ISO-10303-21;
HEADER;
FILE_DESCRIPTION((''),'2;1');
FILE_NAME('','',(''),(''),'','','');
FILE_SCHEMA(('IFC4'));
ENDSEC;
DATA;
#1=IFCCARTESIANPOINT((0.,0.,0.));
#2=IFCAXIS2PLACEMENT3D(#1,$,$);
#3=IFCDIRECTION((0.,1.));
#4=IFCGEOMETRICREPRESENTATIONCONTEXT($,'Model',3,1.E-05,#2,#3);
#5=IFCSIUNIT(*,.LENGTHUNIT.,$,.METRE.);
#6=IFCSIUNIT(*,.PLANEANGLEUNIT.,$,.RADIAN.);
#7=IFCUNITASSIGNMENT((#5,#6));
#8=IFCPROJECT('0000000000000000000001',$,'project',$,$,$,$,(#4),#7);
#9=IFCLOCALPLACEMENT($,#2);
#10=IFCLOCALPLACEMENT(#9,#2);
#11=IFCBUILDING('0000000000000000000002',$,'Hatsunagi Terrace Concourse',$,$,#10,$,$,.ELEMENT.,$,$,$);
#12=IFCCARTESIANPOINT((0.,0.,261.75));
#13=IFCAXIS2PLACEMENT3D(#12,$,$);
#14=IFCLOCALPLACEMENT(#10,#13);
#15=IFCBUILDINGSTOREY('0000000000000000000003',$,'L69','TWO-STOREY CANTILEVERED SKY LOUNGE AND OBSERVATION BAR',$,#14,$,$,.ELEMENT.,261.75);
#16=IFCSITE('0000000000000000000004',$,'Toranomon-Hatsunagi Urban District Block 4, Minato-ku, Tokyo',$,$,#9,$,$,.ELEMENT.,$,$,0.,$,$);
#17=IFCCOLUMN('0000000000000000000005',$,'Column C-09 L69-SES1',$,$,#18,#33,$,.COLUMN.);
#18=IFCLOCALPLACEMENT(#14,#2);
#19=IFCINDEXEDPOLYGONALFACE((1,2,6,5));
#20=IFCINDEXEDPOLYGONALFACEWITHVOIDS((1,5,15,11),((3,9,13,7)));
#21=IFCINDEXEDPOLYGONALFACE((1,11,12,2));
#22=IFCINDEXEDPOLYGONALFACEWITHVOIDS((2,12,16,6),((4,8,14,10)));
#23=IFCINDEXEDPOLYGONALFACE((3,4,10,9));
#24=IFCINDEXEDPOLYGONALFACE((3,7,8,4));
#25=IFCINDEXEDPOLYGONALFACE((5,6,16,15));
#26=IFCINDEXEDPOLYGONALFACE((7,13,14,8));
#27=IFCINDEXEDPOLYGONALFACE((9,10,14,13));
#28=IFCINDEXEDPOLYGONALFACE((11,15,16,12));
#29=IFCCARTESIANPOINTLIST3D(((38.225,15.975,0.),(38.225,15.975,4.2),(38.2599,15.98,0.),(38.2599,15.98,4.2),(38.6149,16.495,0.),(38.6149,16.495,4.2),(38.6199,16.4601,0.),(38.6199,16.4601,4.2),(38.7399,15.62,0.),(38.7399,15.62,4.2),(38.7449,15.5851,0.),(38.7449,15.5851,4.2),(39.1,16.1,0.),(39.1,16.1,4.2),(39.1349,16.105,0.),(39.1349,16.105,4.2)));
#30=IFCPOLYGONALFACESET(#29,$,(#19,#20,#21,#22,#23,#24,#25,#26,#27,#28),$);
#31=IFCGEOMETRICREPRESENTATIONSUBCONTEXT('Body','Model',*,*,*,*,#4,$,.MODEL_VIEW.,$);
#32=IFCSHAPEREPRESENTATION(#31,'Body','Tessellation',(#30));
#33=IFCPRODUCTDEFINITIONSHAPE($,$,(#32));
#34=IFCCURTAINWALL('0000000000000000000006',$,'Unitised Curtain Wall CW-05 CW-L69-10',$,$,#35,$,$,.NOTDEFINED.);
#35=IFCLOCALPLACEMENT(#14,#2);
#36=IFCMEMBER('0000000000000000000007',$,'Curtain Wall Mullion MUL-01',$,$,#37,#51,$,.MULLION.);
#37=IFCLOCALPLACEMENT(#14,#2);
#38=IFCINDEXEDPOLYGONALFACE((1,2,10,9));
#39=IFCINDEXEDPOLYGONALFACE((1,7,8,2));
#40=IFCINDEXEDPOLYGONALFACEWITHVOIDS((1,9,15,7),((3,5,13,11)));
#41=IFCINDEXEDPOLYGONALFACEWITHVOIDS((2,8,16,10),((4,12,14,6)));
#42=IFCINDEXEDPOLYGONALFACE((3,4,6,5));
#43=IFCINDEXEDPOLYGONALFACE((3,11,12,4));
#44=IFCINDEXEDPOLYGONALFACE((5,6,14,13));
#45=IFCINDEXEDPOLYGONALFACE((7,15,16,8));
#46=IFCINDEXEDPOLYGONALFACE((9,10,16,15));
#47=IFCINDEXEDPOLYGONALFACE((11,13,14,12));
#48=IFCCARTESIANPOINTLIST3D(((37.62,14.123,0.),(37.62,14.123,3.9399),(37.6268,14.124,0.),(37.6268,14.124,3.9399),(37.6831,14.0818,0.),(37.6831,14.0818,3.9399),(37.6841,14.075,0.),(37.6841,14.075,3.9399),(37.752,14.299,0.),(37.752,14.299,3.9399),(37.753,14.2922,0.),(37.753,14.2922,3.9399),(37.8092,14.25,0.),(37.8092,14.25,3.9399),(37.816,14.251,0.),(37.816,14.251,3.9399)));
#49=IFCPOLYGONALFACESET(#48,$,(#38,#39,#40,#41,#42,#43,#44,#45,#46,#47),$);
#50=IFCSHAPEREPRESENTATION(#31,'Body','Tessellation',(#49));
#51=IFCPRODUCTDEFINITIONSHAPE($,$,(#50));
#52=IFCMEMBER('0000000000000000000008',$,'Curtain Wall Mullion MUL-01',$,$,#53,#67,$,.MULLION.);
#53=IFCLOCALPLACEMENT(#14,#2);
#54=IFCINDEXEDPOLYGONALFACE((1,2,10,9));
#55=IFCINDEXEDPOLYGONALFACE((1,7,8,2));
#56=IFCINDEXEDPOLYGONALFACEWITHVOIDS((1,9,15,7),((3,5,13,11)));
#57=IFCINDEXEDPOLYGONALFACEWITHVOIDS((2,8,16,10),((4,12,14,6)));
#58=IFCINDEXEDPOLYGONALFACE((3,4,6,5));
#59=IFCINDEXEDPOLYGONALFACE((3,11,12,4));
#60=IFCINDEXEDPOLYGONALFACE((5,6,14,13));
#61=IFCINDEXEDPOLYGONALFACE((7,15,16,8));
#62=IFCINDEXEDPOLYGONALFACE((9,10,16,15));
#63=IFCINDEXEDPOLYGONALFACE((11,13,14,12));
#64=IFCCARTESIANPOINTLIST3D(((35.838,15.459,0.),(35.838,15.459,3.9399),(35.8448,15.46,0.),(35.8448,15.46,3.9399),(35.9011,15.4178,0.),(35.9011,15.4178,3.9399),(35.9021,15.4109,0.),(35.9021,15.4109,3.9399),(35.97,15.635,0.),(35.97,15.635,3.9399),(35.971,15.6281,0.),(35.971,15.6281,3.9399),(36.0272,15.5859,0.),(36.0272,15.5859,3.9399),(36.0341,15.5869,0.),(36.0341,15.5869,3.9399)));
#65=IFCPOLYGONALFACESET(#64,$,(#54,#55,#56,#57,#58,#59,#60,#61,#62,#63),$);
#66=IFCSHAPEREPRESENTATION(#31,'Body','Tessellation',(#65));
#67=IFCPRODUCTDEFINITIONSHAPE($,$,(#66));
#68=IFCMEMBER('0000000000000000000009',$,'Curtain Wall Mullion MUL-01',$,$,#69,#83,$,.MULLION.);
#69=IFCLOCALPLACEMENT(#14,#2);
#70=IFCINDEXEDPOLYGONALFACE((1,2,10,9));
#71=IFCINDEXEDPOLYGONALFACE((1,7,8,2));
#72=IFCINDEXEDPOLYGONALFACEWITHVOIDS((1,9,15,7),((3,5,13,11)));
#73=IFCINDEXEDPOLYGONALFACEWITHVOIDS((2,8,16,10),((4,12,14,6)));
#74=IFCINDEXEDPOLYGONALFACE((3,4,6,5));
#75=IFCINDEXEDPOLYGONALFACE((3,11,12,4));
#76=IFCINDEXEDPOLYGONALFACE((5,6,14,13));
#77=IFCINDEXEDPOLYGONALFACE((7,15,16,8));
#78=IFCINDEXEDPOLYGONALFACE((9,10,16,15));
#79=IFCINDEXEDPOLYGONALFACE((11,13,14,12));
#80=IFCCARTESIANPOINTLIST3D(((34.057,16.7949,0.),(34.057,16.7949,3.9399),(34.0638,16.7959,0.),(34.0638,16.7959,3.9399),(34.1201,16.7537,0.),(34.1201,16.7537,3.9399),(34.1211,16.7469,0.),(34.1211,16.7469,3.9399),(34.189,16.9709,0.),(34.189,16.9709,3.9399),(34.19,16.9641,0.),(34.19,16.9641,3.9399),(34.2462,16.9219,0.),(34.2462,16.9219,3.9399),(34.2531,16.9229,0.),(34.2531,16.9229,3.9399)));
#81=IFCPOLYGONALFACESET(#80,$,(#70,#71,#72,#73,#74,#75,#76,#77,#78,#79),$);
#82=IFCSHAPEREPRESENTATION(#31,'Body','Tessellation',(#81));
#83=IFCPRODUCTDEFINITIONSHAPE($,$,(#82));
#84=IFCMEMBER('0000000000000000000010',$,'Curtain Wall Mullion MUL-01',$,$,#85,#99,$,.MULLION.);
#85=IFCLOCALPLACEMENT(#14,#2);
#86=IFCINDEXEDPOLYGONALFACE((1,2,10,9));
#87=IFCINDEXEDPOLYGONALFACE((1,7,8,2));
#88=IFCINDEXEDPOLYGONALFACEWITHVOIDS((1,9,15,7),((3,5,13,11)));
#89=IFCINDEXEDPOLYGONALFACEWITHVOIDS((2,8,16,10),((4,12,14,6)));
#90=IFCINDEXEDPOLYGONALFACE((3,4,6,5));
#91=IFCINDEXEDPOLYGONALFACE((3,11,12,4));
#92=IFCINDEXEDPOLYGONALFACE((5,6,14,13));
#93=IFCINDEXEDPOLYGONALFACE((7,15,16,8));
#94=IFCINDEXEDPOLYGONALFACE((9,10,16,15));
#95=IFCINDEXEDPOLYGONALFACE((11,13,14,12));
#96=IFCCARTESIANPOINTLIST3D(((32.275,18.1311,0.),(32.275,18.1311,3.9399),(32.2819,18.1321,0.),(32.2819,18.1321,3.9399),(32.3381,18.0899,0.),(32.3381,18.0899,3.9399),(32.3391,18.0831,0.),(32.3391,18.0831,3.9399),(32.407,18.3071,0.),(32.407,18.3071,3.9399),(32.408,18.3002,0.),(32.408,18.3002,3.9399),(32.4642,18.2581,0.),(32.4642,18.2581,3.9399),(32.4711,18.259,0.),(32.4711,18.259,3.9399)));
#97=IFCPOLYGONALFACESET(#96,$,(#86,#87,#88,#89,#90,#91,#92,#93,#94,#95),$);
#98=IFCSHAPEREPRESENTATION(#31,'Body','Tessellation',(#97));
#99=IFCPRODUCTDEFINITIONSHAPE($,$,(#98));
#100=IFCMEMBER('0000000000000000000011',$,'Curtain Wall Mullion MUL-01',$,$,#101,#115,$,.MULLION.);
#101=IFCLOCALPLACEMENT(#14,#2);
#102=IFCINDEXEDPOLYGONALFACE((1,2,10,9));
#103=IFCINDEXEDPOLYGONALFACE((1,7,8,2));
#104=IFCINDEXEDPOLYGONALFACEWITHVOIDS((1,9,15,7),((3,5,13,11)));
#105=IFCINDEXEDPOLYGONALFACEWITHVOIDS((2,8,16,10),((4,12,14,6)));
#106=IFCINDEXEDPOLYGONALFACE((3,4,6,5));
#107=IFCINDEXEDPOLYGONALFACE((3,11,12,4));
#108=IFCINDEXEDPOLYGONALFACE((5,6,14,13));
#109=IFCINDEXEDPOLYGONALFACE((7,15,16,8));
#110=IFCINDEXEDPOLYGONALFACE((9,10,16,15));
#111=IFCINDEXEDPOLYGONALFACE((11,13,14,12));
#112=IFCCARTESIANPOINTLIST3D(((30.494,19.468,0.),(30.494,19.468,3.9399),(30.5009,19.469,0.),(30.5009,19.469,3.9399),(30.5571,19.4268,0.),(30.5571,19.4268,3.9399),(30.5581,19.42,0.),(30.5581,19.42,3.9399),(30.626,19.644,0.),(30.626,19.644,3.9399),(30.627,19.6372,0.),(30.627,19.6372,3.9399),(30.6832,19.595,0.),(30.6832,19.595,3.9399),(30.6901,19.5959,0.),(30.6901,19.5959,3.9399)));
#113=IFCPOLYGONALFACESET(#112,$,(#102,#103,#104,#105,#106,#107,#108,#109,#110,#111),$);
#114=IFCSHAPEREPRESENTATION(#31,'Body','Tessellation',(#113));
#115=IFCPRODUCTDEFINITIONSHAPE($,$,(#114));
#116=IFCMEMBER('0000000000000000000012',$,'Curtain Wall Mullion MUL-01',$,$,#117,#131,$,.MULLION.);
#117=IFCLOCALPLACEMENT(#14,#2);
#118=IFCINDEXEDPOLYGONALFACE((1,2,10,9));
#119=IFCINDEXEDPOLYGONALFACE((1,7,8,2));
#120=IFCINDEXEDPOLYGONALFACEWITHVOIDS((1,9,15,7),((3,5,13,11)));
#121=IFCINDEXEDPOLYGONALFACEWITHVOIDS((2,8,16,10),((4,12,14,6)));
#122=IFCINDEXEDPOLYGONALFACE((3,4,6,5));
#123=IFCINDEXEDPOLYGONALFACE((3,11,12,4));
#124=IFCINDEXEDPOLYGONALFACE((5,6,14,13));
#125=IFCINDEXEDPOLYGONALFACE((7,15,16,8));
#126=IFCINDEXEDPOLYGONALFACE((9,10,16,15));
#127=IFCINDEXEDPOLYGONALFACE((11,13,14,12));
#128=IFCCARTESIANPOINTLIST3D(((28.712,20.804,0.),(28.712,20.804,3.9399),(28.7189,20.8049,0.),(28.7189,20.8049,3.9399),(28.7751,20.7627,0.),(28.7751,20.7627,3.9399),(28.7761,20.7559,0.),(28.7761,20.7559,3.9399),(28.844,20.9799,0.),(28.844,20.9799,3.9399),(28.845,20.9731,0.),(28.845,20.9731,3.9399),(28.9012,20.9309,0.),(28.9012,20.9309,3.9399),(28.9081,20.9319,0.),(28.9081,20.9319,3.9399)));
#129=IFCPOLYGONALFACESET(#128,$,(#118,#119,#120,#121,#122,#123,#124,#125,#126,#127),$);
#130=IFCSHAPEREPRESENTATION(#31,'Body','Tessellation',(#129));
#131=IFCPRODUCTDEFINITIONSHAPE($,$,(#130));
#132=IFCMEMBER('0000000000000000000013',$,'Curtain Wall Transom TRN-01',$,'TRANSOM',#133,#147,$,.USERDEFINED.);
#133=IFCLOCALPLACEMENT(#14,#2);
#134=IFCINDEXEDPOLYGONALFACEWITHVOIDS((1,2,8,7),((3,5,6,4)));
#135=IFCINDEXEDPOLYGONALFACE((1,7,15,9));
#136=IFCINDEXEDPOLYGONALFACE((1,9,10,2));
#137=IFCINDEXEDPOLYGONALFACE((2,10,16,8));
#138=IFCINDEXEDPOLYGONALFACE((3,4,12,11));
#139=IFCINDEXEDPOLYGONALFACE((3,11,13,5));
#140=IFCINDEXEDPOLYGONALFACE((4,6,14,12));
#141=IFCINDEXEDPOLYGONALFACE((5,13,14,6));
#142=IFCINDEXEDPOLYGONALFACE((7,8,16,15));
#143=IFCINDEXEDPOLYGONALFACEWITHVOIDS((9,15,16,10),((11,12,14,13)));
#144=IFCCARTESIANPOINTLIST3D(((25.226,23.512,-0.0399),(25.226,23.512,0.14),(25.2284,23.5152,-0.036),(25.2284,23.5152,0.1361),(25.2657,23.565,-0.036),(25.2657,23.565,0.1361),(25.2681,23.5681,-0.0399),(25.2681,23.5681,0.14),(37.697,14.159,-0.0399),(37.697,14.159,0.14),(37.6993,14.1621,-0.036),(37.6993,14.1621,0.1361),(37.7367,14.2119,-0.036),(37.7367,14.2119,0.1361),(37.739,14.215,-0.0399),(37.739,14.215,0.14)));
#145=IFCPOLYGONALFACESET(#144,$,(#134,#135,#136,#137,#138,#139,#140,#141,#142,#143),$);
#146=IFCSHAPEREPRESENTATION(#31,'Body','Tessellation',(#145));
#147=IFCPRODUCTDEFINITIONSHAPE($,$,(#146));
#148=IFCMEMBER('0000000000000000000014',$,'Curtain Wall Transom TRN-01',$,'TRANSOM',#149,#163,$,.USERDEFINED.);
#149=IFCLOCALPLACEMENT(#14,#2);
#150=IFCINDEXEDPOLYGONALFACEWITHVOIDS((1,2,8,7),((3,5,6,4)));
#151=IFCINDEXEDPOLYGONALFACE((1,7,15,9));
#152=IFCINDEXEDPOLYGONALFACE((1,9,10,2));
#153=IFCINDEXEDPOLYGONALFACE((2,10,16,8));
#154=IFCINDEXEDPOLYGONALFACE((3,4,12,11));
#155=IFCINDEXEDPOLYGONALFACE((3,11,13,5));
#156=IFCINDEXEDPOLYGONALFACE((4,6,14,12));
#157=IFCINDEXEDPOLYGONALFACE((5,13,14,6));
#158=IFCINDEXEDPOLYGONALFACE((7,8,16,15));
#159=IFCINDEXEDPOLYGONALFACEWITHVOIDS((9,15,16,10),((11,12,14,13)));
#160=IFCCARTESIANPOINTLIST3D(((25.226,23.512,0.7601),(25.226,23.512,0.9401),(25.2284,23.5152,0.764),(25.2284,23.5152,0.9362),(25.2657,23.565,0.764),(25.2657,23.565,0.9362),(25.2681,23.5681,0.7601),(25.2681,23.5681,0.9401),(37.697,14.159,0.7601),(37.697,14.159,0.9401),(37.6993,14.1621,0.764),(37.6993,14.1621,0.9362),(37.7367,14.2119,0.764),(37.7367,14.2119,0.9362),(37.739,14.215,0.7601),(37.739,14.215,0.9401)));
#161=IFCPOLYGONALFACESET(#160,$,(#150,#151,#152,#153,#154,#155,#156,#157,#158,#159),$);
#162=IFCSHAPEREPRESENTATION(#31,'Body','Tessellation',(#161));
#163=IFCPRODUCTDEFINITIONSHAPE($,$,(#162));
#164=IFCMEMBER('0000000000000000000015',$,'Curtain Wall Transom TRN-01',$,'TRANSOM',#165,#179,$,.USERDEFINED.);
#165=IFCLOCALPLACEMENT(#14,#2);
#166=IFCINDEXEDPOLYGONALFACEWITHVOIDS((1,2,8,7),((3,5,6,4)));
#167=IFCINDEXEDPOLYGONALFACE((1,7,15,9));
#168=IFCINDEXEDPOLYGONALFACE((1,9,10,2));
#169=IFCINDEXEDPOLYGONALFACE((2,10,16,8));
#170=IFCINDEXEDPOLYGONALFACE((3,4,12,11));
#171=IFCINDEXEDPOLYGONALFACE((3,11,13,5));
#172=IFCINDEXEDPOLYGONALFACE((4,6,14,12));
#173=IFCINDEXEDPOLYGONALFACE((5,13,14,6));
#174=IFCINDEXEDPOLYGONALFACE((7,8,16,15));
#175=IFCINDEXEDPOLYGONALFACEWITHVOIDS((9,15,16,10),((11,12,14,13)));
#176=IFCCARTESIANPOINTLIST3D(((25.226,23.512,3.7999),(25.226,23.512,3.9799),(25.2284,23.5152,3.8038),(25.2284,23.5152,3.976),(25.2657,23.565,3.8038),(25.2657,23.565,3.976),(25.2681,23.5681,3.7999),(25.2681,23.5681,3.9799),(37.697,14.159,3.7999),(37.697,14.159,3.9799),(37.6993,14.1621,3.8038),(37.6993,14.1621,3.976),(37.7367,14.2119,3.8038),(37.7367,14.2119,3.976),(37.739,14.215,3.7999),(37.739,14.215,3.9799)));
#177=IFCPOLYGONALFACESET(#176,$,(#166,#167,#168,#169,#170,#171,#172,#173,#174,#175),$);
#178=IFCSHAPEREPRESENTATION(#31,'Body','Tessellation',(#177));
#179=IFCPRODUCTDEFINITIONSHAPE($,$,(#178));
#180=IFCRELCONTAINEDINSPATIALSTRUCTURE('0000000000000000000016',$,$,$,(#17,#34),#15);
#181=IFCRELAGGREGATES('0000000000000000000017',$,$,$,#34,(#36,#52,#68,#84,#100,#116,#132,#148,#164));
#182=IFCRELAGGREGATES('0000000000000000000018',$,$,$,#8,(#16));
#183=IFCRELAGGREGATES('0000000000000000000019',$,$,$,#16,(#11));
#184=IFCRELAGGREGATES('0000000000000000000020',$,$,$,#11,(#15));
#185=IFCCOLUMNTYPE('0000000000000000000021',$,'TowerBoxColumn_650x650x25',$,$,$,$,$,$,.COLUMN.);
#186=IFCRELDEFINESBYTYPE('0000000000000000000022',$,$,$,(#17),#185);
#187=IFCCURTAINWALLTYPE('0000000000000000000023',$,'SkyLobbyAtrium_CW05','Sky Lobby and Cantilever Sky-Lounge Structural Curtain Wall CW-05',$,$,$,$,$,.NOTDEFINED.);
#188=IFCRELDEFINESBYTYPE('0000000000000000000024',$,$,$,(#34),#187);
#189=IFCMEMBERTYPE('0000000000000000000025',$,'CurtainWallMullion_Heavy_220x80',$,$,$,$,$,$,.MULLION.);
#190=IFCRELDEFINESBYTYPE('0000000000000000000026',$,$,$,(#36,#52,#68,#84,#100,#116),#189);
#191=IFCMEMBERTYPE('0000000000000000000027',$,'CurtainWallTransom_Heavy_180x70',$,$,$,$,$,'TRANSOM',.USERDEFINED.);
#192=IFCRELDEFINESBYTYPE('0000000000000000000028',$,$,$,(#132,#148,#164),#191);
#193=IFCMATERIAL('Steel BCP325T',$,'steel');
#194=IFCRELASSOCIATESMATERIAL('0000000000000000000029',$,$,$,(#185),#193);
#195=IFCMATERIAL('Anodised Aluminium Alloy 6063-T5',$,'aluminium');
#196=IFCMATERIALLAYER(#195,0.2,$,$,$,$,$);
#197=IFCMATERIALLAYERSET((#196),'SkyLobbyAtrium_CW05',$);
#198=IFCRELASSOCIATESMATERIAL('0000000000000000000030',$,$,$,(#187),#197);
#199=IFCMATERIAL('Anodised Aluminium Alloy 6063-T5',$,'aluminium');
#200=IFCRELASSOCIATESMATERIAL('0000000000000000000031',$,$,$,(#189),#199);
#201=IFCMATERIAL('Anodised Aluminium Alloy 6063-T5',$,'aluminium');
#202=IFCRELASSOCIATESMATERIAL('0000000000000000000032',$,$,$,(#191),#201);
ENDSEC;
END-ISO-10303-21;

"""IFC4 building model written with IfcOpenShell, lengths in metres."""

from ifc_helpers import new_model, si_unit, direction, frame, origin, origin_2d, place, context, subcontext, project, spatial, hollow_rectangle, extrude, material, layer, layer_set, material_profile, profile_set, type_object, element, aggregate, save


model = new_model("IFC4")

# Units and contexts
model_context = context("Model", 3, precision=1e-05, world=origin(), true_north=direction((0.0, 1.0)))
body_context = subcontext(model_context, "Body", "Model", "MODEL_VIEW")
ifc_project = project(units=[si_unit("LENGTHUNIT", "METRE"), si_unit("PLANEANGLEUNIT", "RADIAN")], contexts=[model_context])

# Site, building, storey
site_placement = place(None, origin())
site = spatial("IfcSite", under=ifc_project, at=site_placement, Name="Toranomon-Hatsunagi Urban District Block 4, Minato-ku, Tokyo", CompositionType="ELEMENT", RefElevation=0.0)
building_placement = place(site_placement, origin())
building = spatial("IfcBuilding", under=site, at=building_placement, Name="Hatsunagi Terrace Concourse", CompositionType="ELEMENT")
storey_placement = place(building_placement, frame((0.0, 0.0, 261.75)))
storey = spatial("IfcBuildingStorey", under=building, at=storey_placement, Name="L69", Description="TWO-STOREY CANTILEVERED SKY LOUNGE AND OBSERVATION BAR", CompositionType="ELEMENT", Elevation=261.75)

# Column
ifc_material_1 = material(Name="Steel BCP325T", Category="steel")
ifc_material_profile_1 = material_profile(ifc_material_1, hollow_rectangle(XDim=0.6499, YDim=0.6499, WallThickness=0.0249, at=origin_2d()), Name="BCP-650x650x25")
ifc_profile_set_1 = profile_set([ifc_material_profile_1], Name="Steel BCP325T")
column_type = type_object("IfcColumnType", Name="TowerBoxColumn_650x650x25", PredefinedType="COLUMN", material=ifc_profile_set_1)
column_placement = place(storey_placement, frame((38.6799, 16.04, 0.0), z_axis=(0.0, 0.0, 1.0), x_axis=(0.8, -0.6, 0.0)))
element("IfcColumn", 1, at=column_placement, inside=storey, type_object=column_type, Name="Column C-09 L69-SES1", PredefinedType="COLUMN", context=body_context, shape_type="SweptSolid", body=[
    extrude(hollow_rectangle(XDim=0.6499, YDim=0.6499, WallThickness=0.0249, at=origin_2d()), origin(), (0.0, 0.0, 1.0), 4.2),
])

# Curtain wall, members
ifc_material_2 = material(Name="Anodised Aluminium Alloy 6063-T5", Category="aluminium")
ifc_layer_1 = layer(ifc_material_2, 0.2)
ifc_layer_set_1 = layer_set([ifc_layer_1], Name="SkyLobbyAtrium_CW05")
curtain_wall_type = type_object("IfcCurtainWallType", Name="SkyLobbyAtrium_CW05", Description="Sky Lobby and Cantilever Sky-Lounge Structural Curtain Wall CW-05", PredefinedType="NOTDEFINED", material=ifc_layer_set_1)
curtain_wall_placement = place(storey_placement, origin())
curtain_wall = element("IfcCurtainWall", 2, at=curtain_wall_placement, inside=storey, type_object=curtain_wall_type, Name="Unitised Curtain Wall CW-05 CW-L69-10", PredefinedType="NOTDEFINED")
ifc_material_3 = material(Name="Anodised Aluminium Alloy 6063-T5", Category="aluminium")
ifc_material_profile_2 = material_profile(ifc_material_3, hollow_rectangle(XDim=0.0801, YDim=0.22, WallThickness=0.0049, at=origin_2d()), Name="ALU-MUL-220x80x5")
ifc_profile_set_2 = profile_set([ifc_material_profile_2], Name="Anodised Aluminium Alloy 6063-T5")
member_type_1 = type_object("IfcMemberType", Name="CurtainWallMullion_Heavy_220x80", PredefinedType="MULLION", material=ifc_profile_set_2)
member_1_placement = place(storey_placement, frame((37.718, 14.187, 0.0), z_axis=(0.0, 0.0, 1.0), x_axis=(-0.800007, 0.59999, 0.0)))
member_1 = element("IfcMember", 3, at=member_1_placement, type_object=member_type_1, Name="Curtain Wall Mullion MUL-01", PredefinedType="MULLION", context=body_context, shape_type="SweptSolid", body=[
    extrude(hollow_rectangle(XDim=0.0801, YDim=0.22, WallThickness=0.0049, at=origin_2d()), origin(), (0.0, 0.0, 1.0), 3.9399),
])
member_2_placement = place(storey_placement, frame((35.936, 15.5229, 0.0), z_axis=(0.0, 0.0, 1.0), x_axis=(-0.800007, 0.59999, 0.0)))
member_2 = element("IfcMember", 4, at=member_2_placement, type_object=member_type_1, Name="Curtain Wall Mullion MUL-01", PredefinedType="MULLION", context=body_context, shape_type="SweptSolid", body=[
    extrude(hollow_rectangle(XDim=0.0801, YDim=0.22, WallThickness=0.0049, at=origin_2d()), origin(), (0.0, 0.0, 1.0), 3.9399),
])
member_3_placement = place(storey_placement, frame((34.155, 16.8589, 0.0), z_axis=(0.0, 0.0, 1.0), x_axis=(-0.800007, 0.59999, 0.0)))
member_3 = element("IfcMember", 5, at=member_3_placement, type_object=member_type_1, Name="Curtain Wall Mullion MUL-01", PredefinedType="MULLION", context=body_context, shape_type="SweptSolid", body=[
    extrude(hollow_rectangle(XDim=0.0801, YDim=0.22, WallThickness=0.0049, at=origin_2d()), origin(), (0.0, 0.0, 1.0), 3.9399),
])
member_4_placement = place(storey_placement, frame((32.373, 18.1951, 0.0), z_axis=(0.0, 0.0, 1.0), x_axis=(-0.800007, 0.59999, 0.0)))
member_4 = element("IfcMember", 6, at=member_4_placement, type_object=member_type_1, Name="Curtain Wall Mullion MUL-01", PredefinedType="MULLION", context=body_context, shape_type="SweptSolid", body=[
    extrude(hollow_rectangle(XDim=0.0801, YDim=0.22, WallThickness=0.0049, at=origin_2d()), origin(), (0.0, 0.0, 1.0), 3.9399),
])
member_5_placement = place(storey_placement, frame((30.592, 19.532, 0.0), z_axis=(0.0, 0.0, 1.0), x_axis=(-0.800007, 0.59999, 0.0)))
member_5 = element("IfcMember", 7, at=member_5_placement, type_object=member_type_1, Name="Curtain Wall Mullion MUL-01", PredefinedType="MULLION", context=body_context, shape_type="SweptSolid", body=[
    extrude(hollow_rectangle(XDim=0.0801, YDim=0.22, WallThickness=0.0049, at=origin_2d()), origin(), (0.0, 0.0, 1.0), 3.9399),
])
member_6_placement = place(storey_placement, frame((28.8101, 20.8679, 0.0), z_axis=(0.0, 0.0, 1.0), x_axis=(-0.800007, 0.59999, 0.0)))
member_6 = element("IfcMember", 8, at=member_6_placement, type_object=member_type_1, Name="Curtain Wall Mullion MUL-01", PredefinedType="MULLION", context=body_context, shape_type="SweptSolid", body=[
    extrude(hollow_rectangle(XDim=0.0801, YDim=0.22, WallThickness=0.0049, at=origin_2d()), origin(), (0.0, 0.0, 1.0), 3.9399),
])
ifc_material_4 = material(Name="Anodised Aluminium Alloy 6063-T5", Category="aluminium")
ifc_material_profile_3 = material_profile(ifc_material_4, hollow_rectangle(XDim=0.0701, YDim=0.1799, WallThickness=0.0039, at=origin_2d()), Name="ALU-TRN-180x70x4")
ifc_profile_set_3 = profile_set([ifc_material_profile_3], Name="Anodised Aluminium Alloy 6063-T5")
member_type_2 = type_object("IfcMemberType", Name="CurtainWallTransom_Heavy_180x70", ElementType="TRANSOM", PredefinedType="USERDEFINED", material=ifc_profile_set_3)
member_7_placement = place(storey_placement, frame((37.718, 14.187, 0.05), z_axis=(-0.800006, 0.599992, 0.0), x_axis=(-0.599992, -0.800006, 0.0)))
member_7 = element("IfcMember", 9, at=member_7_placement, type_object=member_type_2, Name="Curtain Wall Transom TRN-01", ObjectType="TRANSOM", PredefinedType="USERDEFINED", context=body_context, shape_type="SweptSolid", body=[
    extrude(hollow_rectangle(XDim=0.0701, YDim=0.1799, WallThickness=0.0039, at=origin_2d()), origin(), (0.0, 0.0, 1.0), 15.5886),
])
member_8_placement = place(storey_placement, frame((37.718, 14.187, 0.8501), z_axis=(-0.800006, 0.599992, 0.0), x_axis=(-0.599992, -0.800006, 0.0)))
member_8 = element("IfcMember", 10, at=member_8_placement, type_object=member_type_2, Name="Curtain Wall Transom TRN-01", ObjectType="TRANSOM", PredefinedType="USERDEFINED", context=body_context, shape_type="SweptSolid", body=[
    extrude(hollow_rectangle(XDim=0.0701, YDim=0.1799, WallThickness=0.0039, at=origin_2d()), origin(), (0.0, 0.0, 1.0), 15.5886),
])
member_9_placement = place(storey_placement, frame((37.718, 14.187, 3.8899), z_axis=(-0.800006, 0.599992, 0.0), x_axis=(-0.599992, -0.800006, 0.0)))
member_9 = element("IfcMember", 11, at=member_9_placement, type_object=member_type_2, Name="Curtain Wall Transom TRN-01", ObjectType="TRANSOM", PredefinedType="USERDEFINED", context=body_context, shape_type="SweptSolid", body=[
    extrude(hollow_rectangle(XDim=0.0701, YDim=0.1799, WallThickness=0.0039, at=origin_2d()), origin(), (0.0, 0.0, 1.0), 15.5886),
])

aggregate(curtain_wall, [member_1, member_2, member_3, member_4, member_5, member_6, member_7, member_8, member_9])

save(model, "model.ifc")
